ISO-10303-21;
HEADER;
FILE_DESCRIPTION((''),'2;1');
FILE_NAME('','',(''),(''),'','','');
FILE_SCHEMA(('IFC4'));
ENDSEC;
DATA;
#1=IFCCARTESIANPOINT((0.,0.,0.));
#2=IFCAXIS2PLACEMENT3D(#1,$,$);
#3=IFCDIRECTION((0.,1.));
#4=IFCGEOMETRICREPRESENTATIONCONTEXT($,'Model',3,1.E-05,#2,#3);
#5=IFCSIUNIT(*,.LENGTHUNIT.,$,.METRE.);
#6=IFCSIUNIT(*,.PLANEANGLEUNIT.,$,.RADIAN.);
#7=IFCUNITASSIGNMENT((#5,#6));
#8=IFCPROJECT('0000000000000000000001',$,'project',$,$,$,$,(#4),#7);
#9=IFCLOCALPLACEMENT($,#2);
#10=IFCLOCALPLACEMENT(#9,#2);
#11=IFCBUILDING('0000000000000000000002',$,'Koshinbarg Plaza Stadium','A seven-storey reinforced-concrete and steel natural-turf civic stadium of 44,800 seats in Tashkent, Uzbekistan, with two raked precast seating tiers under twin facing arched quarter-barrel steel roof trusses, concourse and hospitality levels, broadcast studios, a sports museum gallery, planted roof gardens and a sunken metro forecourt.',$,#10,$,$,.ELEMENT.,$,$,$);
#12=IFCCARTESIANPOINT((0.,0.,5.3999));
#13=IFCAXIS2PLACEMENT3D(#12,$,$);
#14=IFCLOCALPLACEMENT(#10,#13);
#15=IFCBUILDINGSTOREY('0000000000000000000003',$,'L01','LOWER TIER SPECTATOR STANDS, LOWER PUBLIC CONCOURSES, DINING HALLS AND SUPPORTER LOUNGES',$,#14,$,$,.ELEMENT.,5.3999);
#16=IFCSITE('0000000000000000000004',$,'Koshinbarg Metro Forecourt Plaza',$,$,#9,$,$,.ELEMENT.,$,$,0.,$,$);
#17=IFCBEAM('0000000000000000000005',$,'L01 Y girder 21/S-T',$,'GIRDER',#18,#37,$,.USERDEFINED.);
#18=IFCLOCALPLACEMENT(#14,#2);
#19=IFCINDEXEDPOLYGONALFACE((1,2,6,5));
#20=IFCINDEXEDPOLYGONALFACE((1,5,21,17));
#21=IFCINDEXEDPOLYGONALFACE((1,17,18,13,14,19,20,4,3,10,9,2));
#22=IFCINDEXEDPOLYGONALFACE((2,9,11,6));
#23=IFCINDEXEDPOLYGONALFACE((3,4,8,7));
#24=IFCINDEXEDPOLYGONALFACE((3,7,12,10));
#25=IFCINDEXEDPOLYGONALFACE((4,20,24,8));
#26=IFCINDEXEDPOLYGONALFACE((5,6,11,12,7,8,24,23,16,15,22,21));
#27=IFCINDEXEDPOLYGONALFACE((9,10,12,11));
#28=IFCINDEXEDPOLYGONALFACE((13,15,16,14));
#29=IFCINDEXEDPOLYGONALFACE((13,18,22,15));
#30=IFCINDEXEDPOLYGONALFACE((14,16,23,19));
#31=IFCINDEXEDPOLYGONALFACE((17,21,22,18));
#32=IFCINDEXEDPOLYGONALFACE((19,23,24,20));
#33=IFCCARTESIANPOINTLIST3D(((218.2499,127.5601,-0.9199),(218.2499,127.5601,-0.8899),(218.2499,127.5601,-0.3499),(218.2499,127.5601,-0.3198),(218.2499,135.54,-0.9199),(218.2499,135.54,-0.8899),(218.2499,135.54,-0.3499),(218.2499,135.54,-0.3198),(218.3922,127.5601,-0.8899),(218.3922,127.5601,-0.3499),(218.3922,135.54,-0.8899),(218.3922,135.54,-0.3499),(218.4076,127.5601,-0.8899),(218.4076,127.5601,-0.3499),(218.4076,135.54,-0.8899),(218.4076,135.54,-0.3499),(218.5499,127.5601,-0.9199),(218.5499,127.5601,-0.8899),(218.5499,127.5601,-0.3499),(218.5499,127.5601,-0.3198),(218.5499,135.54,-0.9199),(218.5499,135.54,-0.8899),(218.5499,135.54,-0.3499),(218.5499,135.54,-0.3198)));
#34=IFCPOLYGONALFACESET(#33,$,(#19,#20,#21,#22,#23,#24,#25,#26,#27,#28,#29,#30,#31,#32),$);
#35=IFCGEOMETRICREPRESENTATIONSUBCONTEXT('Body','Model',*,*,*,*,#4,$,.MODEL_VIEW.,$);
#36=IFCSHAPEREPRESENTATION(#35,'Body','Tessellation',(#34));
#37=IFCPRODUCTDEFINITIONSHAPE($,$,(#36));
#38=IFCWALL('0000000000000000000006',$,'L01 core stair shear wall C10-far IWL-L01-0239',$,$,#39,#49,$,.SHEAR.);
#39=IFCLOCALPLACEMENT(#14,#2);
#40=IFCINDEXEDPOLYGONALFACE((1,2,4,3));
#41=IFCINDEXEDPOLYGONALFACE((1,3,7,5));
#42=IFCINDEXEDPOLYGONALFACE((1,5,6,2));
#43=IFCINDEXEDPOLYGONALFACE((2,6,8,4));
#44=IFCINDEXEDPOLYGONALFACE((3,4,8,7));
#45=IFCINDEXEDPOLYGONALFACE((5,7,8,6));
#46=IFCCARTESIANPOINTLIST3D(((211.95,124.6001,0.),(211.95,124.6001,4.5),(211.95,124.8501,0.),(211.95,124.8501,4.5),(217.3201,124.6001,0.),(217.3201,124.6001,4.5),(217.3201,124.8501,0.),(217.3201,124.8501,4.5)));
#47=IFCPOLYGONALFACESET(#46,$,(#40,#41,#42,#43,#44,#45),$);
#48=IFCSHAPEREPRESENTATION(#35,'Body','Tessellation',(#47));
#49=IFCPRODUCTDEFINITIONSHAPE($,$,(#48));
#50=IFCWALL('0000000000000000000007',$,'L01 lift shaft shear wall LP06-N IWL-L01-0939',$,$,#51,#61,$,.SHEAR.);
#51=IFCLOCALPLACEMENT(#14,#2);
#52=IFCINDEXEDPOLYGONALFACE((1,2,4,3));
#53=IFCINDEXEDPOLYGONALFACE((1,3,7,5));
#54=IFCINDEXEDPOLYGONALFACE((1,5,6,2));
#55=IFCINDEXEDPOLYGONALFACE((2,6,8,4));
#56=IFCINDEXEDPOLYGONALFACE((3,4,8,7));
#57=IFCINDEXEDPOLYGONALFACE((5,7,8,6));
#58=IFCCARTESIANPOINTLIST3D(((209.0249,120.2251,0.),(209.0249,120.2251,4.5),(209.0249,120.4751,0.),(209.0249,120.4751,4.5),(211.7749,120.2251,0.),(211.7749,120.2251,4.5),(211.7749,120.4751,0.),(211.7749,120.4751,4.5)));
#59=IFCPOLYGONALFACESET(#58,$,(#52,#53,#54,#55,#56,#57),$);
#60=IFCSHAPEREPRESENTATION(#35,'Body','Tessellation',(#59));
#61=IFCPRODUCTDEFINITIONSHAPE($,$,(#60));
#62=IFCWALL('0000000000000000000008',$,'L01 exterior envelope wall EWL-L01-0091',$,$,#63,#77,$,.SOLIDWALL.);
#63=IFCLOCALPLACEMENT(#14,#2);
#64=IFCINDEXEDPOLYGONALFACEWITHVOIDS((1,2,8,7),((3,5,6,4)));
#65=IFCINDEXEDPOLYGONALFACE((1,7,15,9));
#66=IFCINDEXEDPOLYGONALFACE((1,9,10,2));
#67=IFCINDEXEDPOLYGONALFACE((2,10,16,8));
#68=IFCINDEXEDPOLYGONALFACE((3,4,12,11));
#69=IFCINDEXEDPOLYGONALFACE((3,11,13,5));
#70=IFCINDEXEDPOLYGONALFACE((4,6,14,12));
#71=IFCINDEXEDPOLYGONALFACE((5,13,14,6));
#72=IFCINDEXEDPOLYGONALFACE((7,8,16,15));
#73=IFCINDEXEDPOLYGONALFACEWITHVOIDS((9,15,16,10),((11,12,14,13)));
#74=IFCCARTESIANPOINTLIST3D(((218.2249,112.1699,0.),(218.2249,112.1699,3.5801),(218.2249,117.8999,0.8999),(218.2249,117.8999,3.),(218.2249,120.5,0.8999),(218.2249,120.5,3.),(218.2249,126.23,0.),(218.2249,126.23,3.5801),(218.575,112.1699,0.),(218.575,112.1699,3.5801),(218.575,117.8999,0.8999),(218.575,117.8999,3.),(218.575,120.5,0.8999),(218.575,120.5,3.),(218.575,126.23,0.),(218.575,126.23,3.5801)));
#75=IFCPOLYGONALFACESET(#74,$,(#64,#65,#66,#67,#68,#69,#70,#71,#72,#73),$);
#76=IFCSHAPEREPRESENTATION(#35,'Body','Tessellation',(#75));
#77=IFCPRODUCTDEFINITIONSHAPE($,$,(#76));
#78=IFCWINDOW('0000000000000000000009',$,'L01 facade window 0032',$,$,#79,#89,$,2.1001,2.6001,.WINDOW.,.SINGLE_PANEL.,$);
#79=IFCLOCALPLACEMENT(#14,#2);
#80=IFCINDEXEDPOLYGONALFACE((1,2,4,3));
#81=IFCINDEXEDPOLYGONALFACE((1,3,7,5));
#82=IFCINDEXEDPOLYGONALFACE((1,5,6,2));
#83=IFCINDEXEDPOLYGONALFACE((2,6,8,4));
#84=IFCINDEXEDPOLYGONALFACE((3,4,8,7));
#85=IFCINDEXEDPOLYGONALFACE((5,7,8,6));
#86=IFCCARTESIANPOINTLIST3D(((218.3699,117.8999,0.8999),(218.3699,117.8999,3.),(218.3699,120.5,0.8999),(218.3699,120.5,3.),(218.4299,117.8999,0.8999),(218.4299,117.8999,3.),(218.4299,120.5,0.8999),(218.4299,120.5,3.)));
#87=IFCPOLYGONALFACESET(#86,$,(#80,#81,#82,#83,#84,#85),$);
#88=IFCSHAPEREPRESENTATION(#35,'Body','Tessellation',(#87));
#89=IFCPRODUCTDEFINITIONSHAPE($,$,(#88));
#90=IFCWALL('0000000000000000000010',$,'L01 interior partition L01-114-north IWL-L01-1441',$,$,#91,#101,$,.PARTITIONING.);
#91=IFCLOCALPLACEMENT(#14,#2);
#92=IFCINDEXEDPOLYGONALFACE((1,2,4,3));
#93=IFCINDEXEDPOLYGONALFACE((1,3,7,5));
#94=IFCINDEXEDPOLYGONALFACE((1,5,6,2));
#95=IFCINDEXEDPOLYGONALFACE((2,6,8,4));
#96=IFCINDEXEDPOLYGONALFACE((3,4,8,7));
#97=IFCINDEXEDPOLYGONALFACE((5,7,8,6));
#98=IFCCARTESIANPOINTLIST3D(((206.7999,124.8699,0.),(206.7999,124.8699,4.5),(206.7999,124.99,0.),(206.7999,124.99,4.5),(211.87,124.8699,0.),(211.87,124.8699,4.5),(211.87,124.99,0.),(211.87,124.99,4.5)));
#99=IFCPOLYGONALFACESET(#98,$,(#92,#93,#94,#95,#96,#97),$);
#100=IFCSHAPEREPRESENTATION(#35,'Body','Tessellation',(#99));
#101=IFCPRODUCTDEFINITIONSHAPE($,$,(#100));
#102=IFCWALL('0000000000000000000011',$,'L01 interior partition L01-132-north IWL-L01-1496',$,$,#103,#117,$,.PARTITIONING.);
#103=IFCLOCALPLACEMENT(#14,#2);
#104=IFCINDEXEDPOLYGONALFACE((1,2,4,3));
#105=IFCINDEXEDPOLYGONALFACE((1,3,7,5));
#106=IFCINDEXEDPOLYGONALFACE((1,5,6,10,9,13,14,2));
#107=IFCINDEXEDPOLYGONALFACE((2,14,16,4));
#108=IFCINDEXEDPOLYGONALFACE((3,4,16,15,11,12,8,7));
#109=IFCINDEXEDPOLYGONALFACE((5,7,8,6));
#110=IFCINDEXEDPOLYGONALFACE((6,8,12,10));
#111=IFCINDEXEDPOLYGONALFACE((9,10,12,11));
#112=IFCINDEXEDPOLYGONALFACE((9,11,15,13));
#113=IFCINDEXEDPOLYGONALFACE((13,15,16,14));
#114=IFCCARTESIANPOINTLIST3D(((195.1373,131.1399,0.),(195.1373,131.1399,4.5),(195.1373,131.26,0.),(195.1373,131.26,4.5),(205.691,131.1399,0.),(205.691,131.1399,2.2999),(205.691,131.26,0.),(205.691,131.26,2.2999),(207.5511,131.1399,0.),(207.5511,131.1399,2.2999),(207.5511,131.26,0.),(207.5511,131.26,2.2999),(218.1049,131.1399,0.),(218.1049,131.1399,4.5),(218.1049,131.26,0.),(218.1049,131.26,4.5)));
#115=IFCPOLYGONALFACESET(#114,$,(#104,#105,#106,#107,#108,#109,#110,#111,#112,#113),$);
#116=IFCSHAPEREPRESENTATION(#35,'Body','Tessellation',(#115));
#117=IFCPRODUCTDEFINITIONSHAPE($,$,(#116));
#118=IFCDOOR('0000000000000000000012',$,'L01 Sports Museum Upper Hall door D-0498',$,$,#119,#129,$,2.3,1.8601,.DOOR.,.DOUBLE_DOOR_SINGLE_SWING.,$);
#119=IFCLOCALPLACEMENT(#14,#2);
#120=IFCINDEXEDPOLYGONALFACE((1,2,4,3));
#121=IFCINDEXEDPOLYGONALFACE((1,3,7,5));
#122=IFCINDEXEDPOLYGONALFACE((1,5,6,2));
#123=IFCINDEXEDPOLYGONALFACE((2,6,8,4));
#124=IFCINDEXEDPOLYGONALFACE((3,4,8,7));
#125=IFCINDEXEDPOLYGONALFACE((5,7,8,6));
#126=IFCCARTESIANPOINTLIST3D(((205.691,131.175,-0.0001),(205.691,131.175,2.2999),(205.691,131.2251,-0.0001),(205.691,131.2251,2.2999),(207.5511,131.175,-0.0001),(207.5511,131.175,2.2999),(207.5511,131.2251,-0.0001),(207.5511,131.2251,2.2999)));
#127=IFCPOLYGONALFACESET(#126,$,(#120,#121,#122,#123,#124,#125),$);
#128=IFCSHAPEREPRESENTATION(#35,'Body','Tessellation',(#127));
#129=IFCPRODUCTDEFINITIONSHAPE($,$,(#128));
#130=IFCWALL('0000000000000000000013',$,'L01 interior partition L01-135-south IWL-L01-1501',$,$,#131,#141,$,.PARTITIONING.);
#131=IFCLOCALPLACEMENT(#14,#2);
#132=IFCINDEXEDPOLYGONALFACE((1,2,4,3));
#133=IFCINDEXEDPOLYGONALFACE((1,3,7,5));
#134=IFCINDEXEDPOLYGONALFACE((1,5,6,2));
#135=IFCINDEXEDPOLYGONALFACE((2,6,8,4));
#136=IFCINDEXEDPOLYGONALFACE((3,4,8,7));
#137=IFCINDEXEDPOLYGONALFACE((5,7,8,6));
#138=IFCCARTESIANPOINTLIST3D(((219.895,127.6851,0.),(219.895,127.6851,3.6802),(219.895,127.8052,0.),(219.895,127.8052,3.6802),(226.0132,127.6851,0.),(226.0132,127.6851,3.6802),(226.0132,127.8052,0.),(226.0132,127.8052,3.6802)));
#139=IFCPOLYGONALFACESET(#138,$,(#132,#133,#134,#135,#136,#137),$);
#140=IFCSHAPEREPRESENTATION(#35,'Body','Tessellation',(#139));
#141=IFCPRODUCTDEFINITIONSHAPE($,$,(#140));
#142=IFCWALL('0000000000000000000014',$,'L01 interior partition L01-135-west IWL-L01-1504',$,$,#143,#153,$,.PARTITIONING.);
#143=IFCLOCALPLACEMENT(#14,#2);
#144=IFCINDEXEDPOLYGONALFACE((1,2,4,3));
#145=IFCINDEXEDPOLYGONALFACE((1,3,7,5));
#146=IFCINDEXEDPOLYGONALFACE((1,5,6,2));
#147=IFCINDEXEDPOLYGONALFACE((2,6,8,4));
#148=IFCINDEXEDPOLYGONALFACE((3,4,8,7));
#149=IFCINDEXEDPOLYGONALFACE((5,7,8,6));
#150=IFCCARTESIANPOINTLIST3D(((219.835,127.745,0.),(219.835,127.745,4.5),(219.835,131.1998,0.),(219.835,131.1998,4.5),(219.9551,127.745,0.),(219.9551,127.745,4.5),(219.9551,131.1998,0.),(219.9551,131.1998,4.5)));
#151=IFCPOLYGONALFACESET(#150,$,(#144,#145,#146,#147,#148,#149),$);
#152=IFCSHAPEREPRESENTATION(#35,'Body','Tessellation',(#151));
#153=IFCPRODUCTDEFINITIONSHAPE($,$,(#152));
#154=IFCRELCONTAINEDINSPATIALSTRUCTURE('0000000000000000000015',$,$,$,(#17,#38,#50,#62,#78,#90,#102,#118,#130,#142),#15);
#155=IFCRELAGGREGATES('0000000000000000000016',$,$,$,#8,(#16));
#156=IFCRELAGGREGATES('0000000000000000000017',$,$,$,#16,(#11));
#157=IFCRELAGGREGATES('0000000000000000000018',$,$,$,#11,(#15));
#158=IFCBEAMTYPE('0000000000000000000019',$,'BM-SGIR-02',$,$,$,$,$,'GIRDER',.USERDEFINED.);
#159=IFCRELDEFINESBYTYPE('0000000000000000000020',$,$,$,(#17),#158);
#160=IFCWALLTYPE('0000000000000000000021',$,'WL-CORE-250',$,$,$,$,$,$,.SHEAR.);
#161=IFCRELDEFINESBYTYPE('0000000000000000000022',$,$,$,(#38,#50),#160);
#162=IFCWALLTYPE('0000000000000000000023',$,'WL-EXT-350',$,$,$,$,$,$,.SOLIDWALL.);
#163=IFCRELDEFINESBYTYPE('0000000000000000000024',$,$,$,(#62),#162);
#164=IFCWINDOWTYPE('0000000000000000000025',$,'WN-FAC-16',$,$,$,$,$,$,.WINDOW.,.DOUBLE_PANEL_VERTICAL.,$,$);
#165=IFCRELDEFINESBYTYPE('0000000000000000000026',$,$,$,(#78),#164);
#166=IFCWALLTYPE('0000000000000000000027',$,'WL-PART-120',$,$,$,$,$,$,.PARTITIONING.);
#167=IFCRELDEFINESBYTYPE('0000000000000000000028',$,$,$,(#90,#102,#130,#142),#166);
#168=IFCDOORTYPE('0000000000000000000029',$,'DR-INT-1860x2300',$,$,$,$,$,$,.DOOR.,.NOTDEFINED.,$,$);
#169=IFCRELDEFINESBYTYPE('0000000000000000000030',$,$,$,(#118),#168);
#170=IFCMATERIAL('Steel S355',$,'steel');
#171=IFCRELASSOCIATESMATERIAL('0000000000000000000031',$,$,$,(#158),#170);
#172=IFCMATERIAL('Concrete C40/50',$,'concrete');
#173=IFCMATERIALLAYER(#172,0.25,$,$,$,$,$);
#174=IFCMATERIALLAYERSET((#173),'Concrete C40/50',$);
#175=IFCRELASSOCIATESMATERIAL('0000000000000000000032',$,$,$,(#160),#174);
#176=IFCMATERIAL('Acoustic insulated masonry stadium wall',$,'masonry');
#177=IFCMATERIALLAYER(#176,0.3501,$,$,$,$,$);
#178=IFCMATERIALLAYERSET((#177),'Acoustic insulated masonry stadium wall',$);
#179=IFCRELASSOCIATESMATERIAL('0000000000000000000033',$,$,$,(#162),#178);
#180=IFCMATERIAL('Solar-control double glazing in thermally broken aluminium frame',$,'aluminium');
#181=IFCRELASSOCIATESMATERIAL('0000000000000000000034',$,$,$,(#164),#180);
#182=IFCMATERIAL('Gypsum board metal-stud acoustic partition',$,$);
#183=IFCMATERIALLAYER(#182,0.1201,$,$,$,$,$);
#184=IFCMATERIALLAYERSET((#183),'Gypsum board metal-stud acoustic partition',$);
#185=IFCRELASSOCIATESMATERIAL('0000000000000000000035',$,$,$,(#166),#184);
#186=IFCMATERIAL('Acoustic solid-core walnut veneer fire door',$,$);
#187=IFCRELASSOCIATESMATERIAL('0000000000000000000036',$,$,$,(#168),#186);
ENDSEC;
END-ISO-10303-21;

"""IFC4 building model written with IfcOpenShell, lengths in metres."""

from ifc_helpers import new_model, si_unit, direction, frame, frame_2d, origin, origin_2d, place, context, subcontext, project, spatial, rectangle, i_section, extrude, material, layer, layer_set, material_profile, profile_set, type_object, element, fill, save


model = new_model("IFC4")

# Units and contexts
model_context = context("Model", 3, precision=1e-05, world=origin(), true_north=direction((0.0, 1.0)))
body_context = subcontext(model_context, "Body", "Model", "MODEL_VIEW")
ifc_project = project(units=[si_unit("LENGTHUNIT", "METRE"), si_unit("PLANEANGLEUNIT", "RADIAN")], contexts=[model_context])

# Site, building, storey
site_placement = place(None, origin())
site = spatial("IfcSite", under=ifc_project, at=site_placement, Name="Koshinbarg Metro Forecourt Plaza", CompositionType="ELEMENT", RefElevation=0.0)
building_placement = place(site_placement, origin())
building = spatial("IfcBuilding", under=site, at=building_placement, Name="Koshinbarg Plaza Stadium", Description="A seven-storey reinforced-concrete and steel natural-turf civic stadium of 44,800 seats in Tashkent, Uzbekistan, with two raked precast seating tiers under twin facing arched quarter-barrel steel roof trusses, concourse and hospitality levels, broadcast studios, a sports museum gallery, planted roof gardens and a sunken metro forecourt.", CompositionType="ELEMENT")
storey_placement = place(building_placement, frame((0.0, 0.0, 5.3999)))
storey = spatial("IfcBuildingStorey", under=building, at=storey_placement, Name="L01", Description="LOWER TIER SPECTATOR STANDS, LOWER PUBLIC CONCOURSES, DINING HALLS AND SUPPORTER LOUNGES", CompositionType="ELEMENT", Elevation=5.3999)

# Shared definitions
ifc_material_1 = material(Name="Concrete C40/50", Category="concrete")

# Beam
ifc_material_2 = material(Name="Steel S355", Category="steel")
ifc_material_profile_1 = material_profile(ifc_material_2, i_section(OverallWidth=0.3, OverallDepth=0.6001, WebThickness=0.0154, FlangeThickness=0.03, at=origin_2d()), Name="HEB 600")
ifc_profile_set_1 = profile_set([ifc_material_profile_1], Name="Steel S355")
beam_type_1 = type_object("IfcBeamType", Name="BM-SGIR-02", ElementType="GIRDER", PredefinedType="USERDEFINED", material=ifc_profile_set_1)
beam_1_placement = place(storey_placement, frame((218.3999, 127.5601, -0.6199), z_axis=(0.0, 1.0, 0.0), x_axis=(-1.0, 0.0, 0.0)))
element("IfcBeam", 1, at=beam_1_placement, inside=storey, type_object=beam_type_1, Name="L01 Y girder 21/S-T", ObjectType="GIRDER", PredefinedType="USERDEFINED", context=body_context, shape_type="SweptSolid", body=[
    extrude(i_section(OverallWidth=0.3, OverallDepth=0.6001, WebThickness=0.0154, FlangeThickness=0.03, at=origin_2d()), origin(), (0.0, 0.0, 1.0), 7.98),
])

# Walls
ifc_layer_1 = layer(ifc_material_1, 0.25)
ifc_layer_set_1 = layer_set([ifc_layer_1], Name="Concrete C40/50")
wall_type_1 = type_object("IfcWallType", Name="WL-CORE-250", PredefinedType="SHEAR", material=ifc_layer_set_1)
wall_1_placement = place(storey_placement, frame((217.3201, 124.7251, 0.0), z_axis=(0.0, 0.0, 1.0), x_axis=(-1.0, 0.0, 0.0)))
element("IfcWall", 2, at=wall_1_placement, inside=storey, type_object=wall_type_1, Name="L01 core stair shear wall C10-far IWL-L01-0239", PredefinedType="SHEAR", context=body_context, shape_type="SweptSolid", body=[
    extrude(rectangle(XDim=5.3701, YDim=0.25, at=frame_2d((2.6851, 0.0))), origin(), (0.0, 0.0, 1.0), 4.5),
])
wall_2_placement = place(storey_placement, frame((211.7749, 120.3501, 0.0), z_axis=(0.0, 0.0, 1.0), x_axis=(-1.0, 0.0, 0.0)))
element("IfcWall", 3, at=wall_2_placement, inside=storey, type_object=wall_type_1, Name="L01 lift shaft shear wall LP06-N IWL-L01-0939", PredefinedType="SHEAR", context=body_context, shape_type="SweptSolid", body=[
    extrude(rectangle(XDim=2.75, YDim=0.25, at=frame_2d((1.375, 0.0))), origin(), (0.0, 0.0, 1.0), 4.5),
])

# Wall, opening, window
ifc_material_3 = material(Name="Acoustic insulated masonry stadium wall", Category="masonry")
ifc_layer_2 = layer(ifc_material_3, 0.3501)
ifc_layer_set_2 = layer_set([ifc_layer_2], Name="Acoustic insulated masonry stadium wall")
wall_type_2 = type_object("IfcWallType", Name="WL-EXT-350", PredefinedType="SOLIDWALL", material=ifc_layer_set_2)
wall_3_placement = place(storey_placement, frame((218.3999, 126.23, 0.0), z_axis=(0.0, 0.0, 1.0), x_axis=(0.0, -1.0, 0.0)))
wall_3 = element("IfcWall", 4, at=wall_3_placement, inside=storey, type_object=wall_type_2, Name="L01 exterior envelope wall EWL-L01-0091", PredefinedType="SOLIDWALL", context=body_context, shape_type="SweptSolid", body=[
    extrude(rectangle(XDim=14.0601, YDim=0.3501, at=frame_2d((7.03, 0.0))), origin(), (0.0, 0.0, 1.0), 3.5801),
])
opening_1_placement = place(wall_3_placement, frame((5.73, 0.0, 0.8999)))
opening_1 = element("IfcOpeningElement", 5, at=opening_1_placement, cuts=wall_3, PredefinedType="OPENING", context=body_context, shape_type="SweptSolid", body=[
    extrude(rectangle(XDim=2.6001, YDim=2.1001, at=frame_2d((1.3, 1.05))), frame((0.0, 0.1851, 0.0), z_axis=(0.0, -1.0, 0.0), x_axis=(1.0, 0.0, 0.0)), (0.0, 0.0, 1.0), 0.3701),
])
ifc_material_4 = material(Name="Solar-control double glazing in thermally broken aluminium frame", Category="aluminium")
window_type = type_object("IfcWindowType", Name="WN-FAC-16", PartitioningType="DOUBLE_PANEL_VERTICAL", PredefinedType="WINDOW", material=ifc_material_4)
window_placement = place(opening_1_placement, origin())
window = element("IfcWindow", 6, at=window_placement, inside=storey, type_object=window_type, Name="L01 facade window 0032", OverallHeight=2.1001, OverallWidth=2.6001, PartitioningType="SINGLE_PANEL", PredefinedType="WINDOW", context=body_context, shape_type="SweptSolid", body=[
    extrude(rectangle(XDim=2.6001, YDim=2.1001, at=frame_2d((1.3, 1.05))), frame((0.0, 0.03, 0.0), z_axis=(0.0, -1.0, 0.0), x_axis=(1.0, 0.0, 0.0)), (0.0, 0.0, 1.0), 0.0601),
])
fill(opening_1, window)

# Wall
ifc_material_5 = material(Name="Gypsum board metal-stud acoustic partition")
ifc_layer_3 = layer(ifc_material_5, 0.1201)
ifc_layer_set_3 = layer_set([ifc_layer_3], Name="Gypsum board metal-stud acoustic partition")
wall_type_3 = type_object("IfcWallType", Name="WL-PART-120", PredefinedType="PARTITIONING", material=ifc_layer_set_3)
wall_4_placement = place(storey_placement, frame((211.8701, 124.9299, 0.0), z_axis=(0.0, 0.0, 1.0), x_axis=(-1.0, 0.0, 0.0)))
element("IfcWall", 7, at=wall_4_placement, inside=storey, type_object=wall_type_3, Name="L01 interior partition L01-114-north IWL-L01-1441", PredefinedType="PARTITIONING", context=body_context, shape_type="SweptSolid", body=[
    extrude(rectangle(XDim=5.0701, YDim=0.1201, at=frame_2d((2.5352, 0.0))), origin(), (0.0, 0.0, 1.0), 4.5),
])

# Wall, opening, door
wall_5_placement = place(storey_placement, frame((218.105, 131.2, 0.0), z_axis=(0.0, 0.0, 1.0), x_axis=(-1.0, 0.0, 0.0)))
wall_5 = element("IfcWall", 8, at=wall_5_placement, inside=storey, type_object=wall_type_3, Name="L01 interior partition L01-132-north IWL-L01-1496", PredefinedType="PARTITIONING", context=body_context, shape_type="SweptSolid", body=[
    extrude(rectangle(XDim=22.9675, YDim=0.1201, at=frame_2d((11.4839, 0.0))), origin(), (0.0, 0.0, 1.0), 4.5),
])
opening_2_placement = place(wall_5_placement, frame((10.5537, 0.0, 0.0)))
opening_2 = element("IfcOpeningElement", 9, at=opening_2_placement, cuts=wall_5, PredefinedType="OPENING", context=body_context, shape_type="SweptSolid", body=[
    extrude(rectangle(XDim=1.8601, YDim=2.3, at=frame_2d((0.9302, 1.1499))), frame((0.0, 0.0701, 0.0), z_axis=(0.0, -1.0, 0.0), x_axis=(1.0, 0.0, 0.0)), (0.0, 0.0, 1.0), 0.1401),
])
ifc_material_6 = material(Name="Acoustic solid-core walnut veneer fire door")
door_type_1 = type_object("IfcDoorType", Name="DR-INT-1860x2300", OperationType="NOTDEFINED", PredefinedType="DOOR", material=ifc_material_6)
door_1_placement = place(opening_2_placement, origin())
door_1 = element("IfcDoor", 10, at=door_1_placement, inside=storey, type_object=door_type_1, Name="L01 Sports Museum Upper Hall door D-0498", OperationType="DOUBLE_DOOR_SINGLE_SWING", OverallHeight=2.3, OverallWidth=1.8601, PredefinedType="DOOR", context=body_context, shape_type="SweptSolid", body=[
    extrude(rectangle(XDim=1.8601, YDim=2.3, at=frame_2d((0.9302, 1.1499))), frame((0.0, 0.0249, 0.0), z_axis=(0.0, -1.0, 0.0), x_axis=(1.0, 0.0, 0.0)), (0.0, 0.0, 1.0), 0.05),
])
fill(opening_2, door_1)

# Walls
wall_6_placement = place(storey_placement, frame((219.895, 127.7451, 0.0), z_axis=(0.0, 0.0, 1.0), x_axis=(1.0, 0.0, 0.0)))
element("IfcWall", 11, at=wall_6_placement, inside=storey, type_object=wall_type_3, Name="L01 interior partition L01-135-south IWL-L01-1501", PredefinedType="PARTITIONING", context=body_context, shape_type="SweptSolid", body=[
    extrude(rectangle(XDim=6.1182, YDim=0.1201, at=frame_2d((3.0591, 0.0))), origin(), (0.0, 0.0, 1.0), 3.6802),
])
wall_7_placement = place(storey_placement, frame((219.895, 131.2, 0.0), z_axis=(0.0, 0.0, 1.0), x_axis=(0.0, -1.0, 0.0)))
element("IfcWall", 12, at=wall_7_placement, inside=storey, type_object=wall_type_3, Name="L01 interior partition L01-135-west IWL-L01-1504", PredefinedType="PARTITIONING", context=body_context, shape_type="SweptSolid", body=[
    extrude(rectangle(XDim=3.4548, YDim=0.1201, at=frame_2d((1.7275, 0.0))), origin(), (0.0, 0.0, 1.0), 4.5),
])

save(model, "model.ifc")
